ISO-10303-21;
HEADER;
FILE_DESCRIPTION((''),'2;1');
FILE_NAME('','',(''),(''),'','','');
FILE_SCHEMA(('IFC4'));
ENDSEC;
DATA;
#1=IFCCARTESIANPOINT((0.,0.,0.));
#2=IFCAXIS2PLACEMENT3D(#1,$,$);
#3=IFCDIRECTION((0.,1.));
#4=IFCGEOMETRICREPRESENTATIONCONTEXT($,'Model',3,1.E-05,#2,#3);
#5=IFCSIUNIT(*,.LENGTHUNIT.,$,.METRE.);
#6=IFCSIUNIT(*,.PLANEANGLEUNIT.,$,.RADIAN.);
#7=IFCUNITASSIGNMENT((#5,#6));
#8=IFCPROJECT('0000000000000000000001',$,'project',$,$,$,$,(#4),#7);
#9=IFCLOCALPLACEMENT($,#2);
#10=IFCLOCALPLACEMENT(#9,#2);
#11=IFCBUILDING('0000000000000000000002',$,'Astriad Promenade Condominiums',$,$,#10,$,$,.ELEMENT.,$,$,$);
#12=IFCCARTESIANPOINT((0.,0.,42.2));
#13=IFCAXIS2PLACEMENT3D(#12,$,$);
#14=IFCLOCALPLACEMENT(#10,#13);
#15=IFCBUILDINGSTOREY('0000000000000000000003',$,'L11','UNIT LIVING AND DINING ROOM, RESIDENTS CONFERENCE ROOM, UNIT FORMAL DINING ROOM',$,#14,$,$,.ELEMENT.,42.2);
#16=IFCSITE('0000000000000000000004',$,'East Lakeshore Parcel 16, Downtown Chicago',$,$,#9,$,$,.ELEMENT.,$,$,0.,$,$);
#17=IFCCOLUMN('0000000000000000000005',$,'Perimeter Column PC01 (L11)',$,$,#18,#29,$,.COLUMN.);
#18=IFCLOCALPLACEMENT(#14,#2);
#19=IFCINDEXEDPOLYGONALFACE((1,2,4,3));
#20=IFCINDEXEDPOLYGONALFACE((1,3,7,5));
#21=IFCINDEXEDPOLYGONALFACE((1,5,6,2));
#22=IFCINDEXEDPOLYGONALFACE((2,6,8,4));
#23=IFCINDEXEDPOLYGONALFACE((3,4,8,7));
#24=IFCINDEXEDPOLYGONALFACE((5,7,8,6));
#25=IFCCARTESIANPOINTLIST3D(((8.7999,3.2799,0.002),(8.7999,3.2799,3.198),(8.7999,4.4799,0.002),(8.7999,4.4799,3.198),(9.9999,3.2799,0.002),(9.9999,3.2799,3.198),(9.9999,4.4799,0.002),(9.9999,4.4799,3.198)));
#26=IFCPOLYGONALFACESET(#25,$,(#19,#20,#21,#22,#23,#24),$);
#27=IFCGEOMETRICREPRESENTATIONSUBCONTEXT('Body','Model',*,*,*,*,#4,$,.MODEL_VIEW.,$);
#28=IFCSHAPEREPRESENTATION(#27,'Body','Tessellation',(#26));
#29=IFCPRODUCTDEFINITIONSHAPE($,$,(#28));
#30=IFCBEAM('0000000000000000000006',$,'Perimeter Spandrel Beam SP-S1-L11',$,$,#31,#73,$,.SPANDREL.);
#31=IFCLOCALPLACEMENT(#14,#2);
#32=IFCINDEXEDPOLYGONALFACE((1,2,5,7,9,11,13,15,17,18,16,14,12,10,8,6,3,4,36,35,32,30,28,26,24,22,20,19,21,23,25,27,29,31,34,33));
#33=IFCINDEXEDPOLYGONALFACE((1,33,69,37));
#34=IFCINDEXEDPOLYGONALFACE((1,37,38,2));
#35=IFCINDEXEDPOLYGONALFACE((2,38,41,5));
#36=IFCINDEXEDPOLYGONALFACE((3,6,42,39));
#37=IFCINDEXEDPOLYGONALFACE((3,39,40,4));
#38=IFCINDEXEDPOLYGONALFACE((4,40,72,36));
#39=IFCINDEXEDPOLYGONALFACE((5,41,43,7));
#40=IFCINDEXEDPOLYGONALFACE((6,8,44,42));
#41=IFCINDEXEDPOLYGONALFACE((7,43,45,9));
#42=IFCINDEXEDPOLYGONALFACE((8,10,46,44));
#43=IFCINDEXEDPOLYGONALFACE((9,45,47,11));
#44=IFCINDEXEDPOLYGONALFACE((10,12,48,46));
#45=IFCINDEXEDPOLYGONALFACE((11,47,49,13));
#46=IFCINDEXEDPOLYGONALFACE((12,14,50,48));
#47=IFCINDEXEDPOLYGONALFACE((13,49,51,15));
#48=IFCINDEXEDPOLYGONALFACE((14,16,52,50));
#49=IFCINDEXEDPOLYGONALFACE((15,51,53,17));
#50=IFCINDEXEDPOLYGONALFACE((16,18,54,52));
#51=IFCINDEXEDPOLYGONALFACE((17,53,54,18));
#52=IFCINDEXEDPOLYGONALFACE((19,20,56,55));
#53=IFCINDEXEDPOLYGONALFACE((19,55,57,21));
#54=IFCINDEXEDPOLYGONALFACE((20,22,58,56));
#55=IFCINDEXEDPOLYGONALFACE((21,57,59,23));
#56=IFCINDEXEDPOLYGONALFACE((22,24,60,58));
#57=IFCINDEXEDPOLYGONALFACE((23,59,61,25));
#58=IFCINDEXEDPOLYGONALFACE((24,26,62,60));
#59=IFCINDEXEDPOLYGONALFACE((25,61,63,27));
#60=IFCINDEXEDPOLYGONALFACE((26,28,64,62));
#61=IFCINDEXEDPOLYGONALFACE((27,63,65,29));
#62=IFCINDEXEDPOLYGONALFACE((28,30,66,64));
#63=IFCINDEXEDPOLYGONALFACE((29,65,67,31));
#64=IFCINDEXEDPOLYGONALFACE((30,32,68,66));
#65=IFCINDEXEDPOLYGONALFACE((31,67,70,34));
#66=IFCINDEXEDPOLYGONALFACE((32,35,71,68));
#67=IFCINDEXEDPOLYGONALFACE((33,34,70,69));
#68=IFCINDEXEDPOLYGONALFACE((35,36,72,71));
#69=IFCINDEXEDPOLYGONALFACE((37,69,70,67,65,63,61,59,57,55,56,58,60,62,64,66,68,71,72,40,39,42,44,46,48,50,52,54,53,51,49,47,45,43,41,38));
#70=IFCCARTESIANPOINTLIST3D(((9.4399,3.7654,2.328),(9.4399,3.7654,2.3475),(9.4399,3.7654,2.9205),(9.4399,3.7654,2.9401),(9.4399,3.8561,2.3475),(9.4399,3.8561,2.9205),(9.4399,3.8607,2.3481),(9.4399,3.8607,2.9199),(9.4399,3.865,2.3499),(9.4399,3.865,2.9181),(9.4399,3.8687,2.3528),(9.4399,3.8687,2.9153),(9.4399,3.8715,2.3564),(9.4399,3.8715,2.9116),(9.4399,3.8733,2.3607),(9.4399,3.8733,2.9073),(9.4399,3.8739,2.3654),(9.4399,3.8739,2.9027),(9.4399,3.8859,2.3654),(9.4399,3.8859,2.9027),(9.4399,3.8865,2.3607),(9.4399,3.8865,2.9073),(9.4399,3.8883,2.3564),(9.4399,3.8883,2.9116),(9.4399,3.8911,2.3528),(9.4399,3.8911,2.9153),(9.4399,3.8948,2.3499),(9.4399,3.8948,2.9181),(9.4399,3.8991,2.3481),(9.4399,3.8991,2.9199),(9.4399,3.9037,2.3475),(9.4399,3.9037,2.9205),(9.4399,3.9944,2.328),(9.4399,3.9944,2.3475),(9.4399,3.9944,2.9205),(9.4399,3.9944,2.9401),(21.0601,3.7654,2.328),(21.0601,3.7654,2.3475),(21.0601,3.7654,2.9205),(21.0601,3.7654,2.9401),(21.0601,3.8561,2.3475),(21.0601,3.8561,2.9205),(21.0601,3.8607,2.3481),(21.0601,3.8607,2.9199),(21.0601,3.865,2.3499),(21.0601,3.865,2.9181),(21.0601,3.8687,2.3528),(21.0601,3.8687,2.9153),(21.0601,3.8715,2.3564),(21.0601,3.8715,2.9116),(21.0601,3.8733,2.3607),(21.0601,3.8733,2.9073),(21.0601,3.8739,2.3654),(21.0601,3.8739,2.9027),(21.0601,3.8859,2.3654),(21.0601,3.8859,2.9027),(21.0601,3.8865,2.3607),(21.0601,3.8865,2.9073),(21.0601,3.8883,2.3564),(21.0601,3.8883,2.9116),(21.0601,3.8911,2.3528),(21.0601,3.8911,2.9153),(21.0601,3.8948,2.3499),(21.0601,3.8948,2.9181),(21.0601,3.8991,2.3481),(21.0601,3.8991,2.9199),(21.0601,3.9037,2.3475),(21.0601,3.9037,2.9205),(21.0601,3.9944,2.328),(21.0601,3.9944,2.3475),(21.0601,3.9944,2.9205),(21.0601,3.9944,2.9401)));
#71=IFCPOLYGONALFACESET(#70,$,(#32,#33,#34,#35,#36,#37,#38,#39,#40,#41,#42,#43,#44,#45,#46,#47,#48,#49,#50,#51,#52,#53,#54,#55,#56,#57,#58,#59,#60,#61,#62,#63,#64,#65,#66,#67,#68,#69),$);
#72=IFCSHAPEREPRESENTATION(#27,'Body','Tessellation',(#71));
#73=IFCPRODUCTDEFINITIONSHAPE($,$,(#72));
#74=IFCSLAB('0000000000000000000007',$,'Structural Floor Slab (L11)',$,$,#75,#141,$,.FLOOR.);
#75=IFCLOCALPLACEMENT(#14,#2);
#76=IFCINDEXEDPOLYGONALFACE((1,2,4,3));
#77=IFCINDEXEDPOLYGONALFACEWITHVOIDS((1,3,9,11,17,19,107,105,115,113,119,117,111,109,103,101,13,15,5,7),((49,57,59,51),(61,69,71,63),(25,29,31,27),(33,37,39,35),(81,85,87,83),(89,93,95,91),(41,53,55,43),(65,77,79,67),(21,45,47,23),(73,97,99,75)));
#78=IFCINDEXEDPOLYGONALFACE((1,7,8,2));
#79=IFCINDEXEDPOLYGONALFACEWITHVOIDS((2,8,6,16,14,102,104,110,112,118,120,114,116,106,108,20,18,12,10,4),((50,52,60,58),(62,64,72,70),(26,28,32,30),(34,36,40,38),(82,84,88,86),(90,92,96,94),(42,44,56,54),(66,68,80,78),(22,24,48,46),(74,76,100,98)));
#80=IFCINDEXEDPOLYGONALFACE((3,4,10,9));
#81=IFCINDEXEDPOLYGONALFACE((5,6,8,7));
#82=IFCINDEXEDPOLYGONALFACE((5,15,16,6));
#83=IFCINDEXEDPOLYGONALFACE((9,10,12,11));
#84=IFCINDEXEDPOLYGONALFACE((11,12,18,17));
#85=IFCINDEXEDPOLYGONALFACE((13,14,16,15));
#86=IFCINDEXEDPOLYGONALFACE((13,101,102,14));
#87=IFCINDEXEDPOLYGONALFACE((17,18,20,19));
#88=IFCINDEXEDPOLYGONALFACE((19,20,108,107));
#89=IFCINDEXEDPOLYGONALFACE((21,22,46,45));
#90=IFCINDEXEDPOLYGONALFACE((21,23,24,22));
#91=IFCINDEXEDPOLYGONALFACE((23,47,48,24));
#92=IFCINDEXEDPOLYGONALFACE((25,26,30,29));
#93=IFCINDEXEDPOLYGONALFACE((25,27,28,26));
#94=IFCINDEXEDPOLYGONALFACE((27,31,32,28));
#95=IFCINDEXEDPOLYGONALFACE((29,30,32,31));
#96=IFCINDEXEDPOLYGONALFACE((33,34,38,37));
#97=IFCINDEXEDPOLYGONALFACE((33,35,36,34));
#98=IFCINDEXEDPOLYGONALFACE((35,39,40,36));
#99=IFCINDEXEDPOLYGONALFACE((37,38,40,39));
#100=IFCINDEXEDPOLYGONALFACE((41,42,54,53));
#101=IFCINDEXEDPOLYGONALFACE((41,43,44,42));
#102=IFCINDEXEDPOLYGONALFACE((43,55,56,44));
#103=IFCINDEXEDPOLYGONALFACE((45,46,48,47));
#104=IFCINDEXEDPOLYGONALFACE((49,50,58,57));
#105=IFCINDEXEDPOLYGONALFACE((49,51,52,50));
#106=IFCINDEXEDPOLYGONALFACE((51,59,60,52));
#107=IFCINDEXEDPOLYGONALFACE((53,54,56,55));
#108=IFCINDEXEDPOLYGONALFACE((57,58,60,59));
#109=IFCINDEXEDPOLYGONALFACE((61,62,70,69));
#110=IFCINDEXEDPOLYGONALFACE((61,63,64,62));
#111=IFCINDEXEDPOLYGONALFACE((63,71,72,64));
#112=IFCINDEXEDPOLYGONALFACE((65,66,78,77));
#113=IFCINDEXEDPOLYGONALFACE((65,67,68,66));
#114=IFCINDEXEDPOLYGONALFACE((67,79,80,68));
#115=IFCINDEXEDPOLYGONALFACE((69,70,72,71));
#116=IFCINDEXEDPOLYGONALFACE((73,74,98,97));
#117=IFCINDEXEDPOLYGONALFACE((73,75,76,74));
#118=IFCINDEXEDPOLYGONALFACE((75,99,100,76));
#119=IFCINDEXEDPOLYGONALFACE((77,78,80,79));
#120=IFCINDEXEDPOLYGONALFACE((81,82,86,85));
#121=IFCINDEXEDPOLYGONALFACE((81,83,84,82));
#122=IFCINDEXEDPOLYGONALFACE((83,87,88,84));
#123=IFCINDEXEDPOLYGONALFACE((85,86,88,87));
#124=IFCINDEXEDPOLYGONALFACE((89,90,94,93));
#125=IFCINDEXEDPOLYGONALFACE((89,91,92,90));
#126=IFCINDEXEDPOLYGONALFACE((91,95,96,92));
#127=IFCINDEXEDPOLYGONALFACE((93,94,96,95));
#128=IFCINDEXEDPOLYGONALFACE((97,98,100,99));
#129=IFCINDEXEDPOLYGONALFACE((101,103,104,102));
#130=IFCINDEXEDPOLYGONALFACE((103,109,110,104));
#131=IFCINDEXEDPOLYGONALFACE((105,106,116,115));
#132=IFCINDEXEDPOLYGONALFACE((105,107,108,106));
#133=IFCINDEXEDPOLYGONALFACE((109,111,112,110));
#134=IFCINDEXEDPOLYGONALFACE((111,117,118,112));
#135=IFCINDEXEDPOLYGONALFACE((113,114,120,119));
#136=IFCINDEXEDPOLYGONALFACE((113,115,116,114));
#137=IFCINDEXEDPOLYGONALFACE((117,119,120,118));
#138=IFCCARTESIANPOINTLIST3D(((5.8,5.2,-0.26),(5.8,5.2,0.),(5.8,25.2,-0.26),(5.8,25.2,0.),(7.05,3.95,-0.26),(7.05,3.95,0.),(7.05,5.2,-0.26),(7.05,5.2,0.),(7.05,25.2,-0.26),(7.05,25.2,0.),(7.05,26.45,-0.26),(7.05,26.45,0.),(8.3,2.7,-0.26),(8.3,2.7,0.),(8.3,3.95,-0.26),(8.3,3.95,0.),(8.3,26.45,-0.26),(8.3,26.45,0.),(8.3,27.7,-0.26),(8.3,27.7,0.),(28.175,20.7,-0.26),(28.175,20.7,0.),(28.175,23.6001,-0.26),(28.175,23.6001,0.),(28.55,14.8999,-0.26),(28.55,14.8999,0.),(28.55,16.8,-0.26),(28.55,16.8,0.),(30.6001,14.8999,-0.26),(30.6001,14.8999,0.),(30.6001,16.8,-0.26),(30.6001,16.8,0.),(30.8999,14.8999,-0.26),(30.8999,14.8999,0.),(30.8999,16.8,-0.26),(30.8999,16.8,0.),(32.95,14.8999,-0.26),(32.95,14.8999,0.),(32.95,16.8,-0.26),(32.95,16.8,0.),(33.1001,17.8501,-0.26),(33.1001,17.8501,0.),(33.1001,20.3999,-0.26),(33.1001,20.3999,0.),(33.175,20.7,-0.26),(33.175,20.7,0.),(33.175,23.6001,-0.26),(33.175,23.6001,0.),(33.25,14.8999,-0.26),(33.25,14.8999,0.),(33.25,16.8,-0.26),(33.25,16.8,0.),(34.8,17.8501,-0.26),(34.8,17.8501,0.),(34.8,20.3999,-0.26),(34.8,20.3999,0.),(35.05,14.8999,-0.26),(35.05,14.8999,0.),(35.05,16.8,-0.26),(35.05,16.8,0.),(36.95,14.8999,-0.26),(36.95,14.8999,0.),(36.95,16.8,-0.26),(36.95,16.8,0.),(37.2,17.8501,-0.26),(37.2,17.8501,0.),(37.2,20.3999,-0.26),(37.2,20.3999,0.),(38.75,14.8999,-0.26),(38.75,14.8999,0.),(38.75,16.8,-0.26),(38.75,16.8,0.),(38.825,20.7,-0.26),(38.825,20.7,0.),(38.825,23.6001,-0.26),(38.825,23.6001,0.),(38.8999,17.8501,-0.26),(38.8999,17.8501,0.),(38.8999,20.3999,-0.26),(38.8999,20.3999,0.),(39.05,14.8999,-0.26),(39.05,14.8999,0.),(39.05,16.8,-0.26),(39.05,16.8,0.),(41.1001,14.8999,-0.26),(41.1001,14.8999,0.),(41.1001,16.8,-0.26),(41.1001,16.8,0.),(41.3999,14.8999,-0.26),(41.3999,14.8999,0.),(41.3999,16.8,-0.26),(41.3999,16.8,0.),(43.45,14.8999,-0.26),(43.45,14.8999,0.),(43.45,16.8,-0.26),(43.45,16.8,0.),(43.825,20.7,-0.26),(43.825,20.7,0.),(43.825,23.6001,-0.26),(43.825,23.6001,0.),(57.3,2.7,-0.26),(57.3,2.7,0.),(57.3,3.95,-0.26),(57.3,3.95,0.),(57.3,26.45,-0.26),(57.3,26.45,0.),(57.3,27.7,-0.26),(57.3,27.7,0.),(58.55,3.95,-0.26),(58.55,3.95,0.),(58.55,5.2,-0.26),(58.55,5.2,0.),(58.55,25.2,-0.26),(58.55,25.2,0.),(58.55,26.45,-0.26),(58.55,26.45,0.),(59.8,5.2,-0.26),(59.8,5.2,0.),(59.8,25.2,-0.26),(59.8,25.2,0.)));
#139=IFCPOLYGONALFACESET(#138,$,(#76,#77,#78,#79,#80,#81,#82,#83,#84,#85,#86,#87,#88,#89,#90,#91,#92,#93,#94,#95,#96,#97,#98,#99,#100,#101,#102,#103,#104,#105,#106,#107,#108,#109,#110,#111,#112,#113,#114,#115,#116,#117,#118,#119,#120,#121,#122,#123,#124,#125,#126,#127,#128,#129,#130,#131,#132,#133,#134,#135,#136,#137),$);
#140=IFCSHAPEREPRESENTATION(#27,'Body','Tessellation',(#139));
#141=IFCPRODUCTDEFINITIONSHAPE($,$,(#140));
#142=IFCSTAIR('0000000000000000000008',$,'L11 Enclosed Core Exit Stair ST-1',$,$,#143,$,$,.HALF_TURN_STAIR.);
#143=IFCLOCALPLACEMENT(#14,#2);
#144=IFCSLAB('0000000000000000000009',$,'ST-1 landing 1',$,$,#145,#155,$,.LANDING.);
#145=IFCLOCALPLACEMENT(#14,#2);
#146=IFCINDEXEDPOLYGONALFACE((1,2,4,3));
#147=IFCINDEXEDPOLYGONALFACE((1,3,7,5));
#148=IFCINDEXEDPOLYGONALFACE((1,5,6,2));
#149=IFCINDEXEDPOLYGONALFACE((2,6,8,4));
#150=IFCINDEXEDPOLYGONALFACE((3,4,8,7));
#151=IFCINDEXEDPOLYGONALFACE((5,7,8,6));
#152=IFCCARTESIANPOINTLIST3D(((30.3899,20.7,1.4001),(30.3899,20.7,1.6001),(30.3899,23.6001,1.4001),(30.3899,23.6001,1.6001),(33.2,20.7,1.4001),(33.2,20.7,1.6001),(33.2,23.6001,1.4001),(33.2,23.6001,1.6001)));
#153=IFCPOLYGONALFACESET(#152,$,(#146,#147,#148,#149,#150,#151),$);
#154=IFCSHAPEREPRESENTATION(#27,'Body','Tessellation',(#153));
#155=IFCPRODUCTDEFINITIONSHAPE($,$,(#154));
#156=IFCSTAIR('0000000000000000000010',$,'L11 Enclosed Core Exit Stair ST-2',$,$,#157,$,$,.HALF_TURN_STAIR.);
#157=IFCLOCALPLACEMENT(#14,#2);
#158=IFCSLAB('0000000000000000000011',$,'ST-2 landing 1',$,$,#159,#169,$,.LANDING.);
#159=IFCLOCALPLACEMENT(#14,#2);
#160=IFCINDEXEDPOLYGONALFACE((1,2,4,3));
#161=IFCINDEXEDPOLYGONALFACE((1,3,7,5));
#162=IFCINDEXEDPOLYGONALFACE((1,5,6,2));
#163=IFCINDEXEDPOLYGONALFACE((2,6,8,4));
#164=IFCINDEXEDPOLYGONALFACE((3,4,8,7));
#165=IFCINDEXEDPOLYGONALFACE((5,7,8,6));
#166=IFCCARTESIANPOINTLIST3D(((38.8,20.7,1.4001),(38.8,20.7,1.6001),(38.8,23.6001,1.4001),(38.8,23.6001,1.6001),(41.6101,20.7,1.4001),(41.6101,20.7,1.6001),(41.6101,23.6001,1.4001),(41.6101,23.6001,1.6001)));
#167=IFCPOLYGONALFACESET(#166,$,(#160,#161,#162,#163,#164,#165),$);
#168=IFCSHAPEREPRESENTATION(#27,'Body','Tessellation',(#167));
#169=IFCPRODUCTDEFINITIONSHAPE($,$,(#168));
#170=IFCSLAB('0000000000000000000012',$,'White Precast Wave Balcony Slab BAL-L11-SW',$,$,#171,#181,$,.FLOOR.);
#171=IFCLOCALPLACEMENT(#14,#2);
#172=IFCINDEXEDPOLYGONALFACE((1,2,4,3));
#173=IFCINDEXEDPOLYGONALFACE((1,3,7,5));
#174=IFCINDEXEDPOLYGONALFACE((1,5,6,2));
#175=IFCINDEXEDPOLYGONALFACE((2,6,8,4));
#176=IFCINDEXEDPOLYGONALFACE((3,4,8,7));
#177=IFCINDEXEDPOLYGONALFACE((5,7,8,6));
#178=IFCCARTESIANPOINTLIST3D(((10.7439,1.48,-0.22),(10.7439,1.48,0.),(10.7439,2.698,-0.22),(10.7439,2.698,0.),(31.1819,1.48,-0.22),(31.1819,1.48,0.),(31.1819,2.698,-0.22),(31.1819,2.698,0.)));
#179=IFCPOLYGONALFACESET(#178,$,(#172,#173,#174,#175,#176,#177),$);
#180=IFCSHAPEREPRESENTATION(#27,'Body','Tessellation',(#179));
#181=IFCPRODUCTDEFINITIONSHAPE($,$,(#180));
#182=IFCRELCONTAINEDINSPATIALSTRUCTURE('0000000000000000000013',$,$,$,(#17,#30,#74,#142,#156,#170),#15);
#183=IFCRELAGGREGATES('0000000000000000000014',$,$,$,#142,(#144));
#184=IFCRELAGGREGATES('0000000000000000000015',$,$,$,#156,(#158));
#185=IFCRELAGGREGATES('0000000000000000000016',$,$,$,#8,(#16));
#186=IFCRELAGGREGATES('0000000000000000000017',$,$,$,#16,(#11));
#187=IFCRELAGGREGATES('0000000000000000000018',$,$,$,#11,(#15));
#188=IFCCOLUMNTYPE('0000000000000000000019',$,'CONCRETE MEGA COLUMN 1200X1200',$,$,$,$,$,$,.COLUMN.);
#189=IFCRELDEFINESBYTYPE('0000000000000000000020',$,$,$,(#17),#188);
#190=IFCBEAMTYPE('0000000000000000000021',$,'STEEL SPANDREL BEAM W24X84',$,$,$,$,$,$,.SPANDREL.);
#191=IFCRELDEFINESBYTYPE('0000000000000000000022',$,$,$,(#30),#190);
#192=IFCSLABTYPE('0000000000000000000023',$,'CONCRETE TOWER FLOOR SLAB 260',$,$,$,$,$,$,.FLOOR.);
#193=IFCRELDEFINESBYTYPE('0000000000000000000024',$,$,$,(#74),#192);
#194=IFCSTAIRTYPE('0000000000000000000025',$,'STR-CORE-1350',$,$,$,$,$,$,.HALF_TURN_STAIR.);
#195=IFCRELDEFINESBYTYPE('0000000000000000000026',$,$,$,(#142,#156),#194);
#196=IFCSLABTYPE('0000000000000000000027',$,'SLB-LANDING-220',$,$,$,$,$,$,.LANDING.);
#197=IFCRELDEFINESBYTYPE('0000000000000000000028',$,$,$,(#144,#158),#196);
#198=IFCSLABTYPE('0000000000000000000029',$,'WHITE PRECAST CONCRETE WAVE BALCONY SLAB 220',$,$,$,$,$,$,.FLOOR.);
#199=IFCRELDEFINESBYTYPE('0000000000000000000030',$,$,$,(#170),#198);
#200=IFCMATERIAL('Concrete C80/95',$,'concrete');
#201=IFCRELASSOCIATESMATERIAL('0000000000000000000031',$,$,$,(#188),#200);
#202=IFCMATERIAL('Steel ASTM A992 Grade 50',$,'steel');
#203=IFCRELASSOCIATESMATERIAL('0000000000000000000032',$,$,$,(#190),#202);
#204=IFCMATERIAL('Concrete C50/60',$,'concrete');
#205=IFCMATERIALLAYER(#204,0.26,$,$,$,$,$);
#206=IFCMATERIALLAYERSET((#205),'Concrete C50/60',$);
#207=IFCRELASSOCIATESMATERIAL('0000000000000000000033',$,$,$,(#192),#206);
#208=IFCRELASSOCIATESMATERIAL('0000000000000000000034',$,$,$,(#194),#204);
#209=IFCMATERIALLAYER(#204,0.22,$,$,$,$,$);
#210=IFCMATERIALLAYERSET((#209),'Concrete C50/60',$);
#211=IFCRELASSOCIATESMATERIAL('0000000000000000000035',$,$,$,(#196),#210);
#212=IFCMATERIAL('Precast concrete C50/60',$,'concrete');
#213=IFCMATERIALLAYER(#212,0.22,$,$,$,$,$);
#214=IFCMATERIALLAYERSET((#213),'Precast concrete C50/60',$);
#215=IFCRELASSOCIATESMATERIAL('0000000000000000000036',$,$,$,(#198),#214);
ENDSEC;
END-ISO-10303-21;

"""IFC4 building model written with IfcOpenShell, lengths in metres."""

from ifc_helpers import new_model, si_unit, direction, frame, origin, origin_2d, place, context, subcontext, project, spatial, polyline, rectangle, i_section, outline, extrude, source, transform, mapped, material, layer, layer_set, material_profile, profile_set, type_object, type_shapes, element, aggregate, save


model = new_model("IFC4")

# Units and contexts
model_context = context("Model", 3, precision=1e-05, world=origin(), true_north=direction((0.0, 1.0)))
body_context = subcontext(model_context, "Body", "Model", "MODEL_VIEW")
ifc_project = project(units=[si_unit("LENGTHUNIT", "METRE"), si_unit("PLANEANGLEUNIT", "RADIAN")], contexts=[model_context])

# Site, building, storey
site_placement = place(None, origin())
site = spatial("IfcSite", under=ifc_project, at=site_placement, Name="East Lakeshore Parcel 16, Downtown Chicago", CompositionType="ELEMENT", RefElevation=0.0)
building_placement = place(site_placement, origin())
building = spatial("IfcBuilding", under=site, at=building_placement, Name="Astriad Promenade Condominiums", CompositionType="ELEMENT")
storey_placement = place(building_placement, frame((0.0, 0.0, 42.2)))
storey = spatial("IfcBuildingStorey", under=building, at=storey_placement, Name="L11", Description="UNIT LIVING AND DINING ROOM, RESIDENTS CONFERENCE ROOM, UNIT FORMAL DINING ROOM", CompositionType="ELEMENT", Elevation=42.2)

# Column
ifc_material_1 = material(Name="Concrete C80/95", Category="concrete")
ifc_material_profile_1 = material_profile(ifc_material_1, rectangle(XDim=1.2, YDim=1.2, at=origin_2d()), Name="RC-COL-1200X1200")
ifc_profile_set_1 = profile_set([ifc_material_profile_1], Name="Concrete C80/95")
column_type = type_object("IfcColumnType", Name="CONCRETE MEGA COLUMN 1200X1200", PredefinedType="COLUMN", material=ifc_profile_set_1)
shared_shape_1 = source(origin(), body_context, "Body", "SweptSolid", [
    extrude(rectangle(XDim=1.2, YDim=1.2, at=origin_2d()), origin(), (0.0, 0.0, 1.0), 3.196),
])
type_shapes(column_type, [shared_shape_1])
column_placement = place(storey_placement, frame((9.3999, 3.8799, 0.002), z_axis=(0.0, 0.0, 1.0), x_axis=(1.0, 0.0, 0.0)))
element("IfcColumn", 1, at=column_placement, inside=storey, type_object=column_type, Name="Perimeter Column PC01 (L11)", PredefinedType="COLUMN", context=body_context, shape_type="MappedRepresentation", body=[
    mapped(shared_shape_1, transform((0.0, 0.0, 0.0), scale=1.0)),
])

# Beam
ifc_material_2 = material(Name="Steel ASTM A992 Grade 50", Category="steel")
ifc_material_profile_2 = material_profile(ifc_material_2, i_section(OverallWidth=0.229, OverallDepth=0.6121, WebThickness=0.012, FlangeThickness=0.0195, FilletRadius=0.0178, at=origin_2d()), Name="W24X84")
ifc_profile_set_2 = profile_set([ifc_material_profile_2], Name="Steel ASTM A992 Grade 50")
beam_type = type_object("IfcBeamType", Name="STEEL SPANDREL BEAM W24X84", PredefinedType="SPANDREL", material=ifc_profile_set_2)
shared_shape_2 = source(origin(), body_context, "Body", "SweptSolid", [
    extrude(i_section(OverallWidth=0.229, OverallDepth=0.6121, WebThickness=0.012, FlangeThickness=0.0195, FilletRadius=0.0178, at=origin_2d()), origin(), (0.0, 0.0, 1.0), 11.6201),
])
type_shapes(beam_type, [shared_shape_2])
beam_placement = place(storey_placement, frame((9.4399, 3.8799, 2.634), z_axis=(1.0, 0.0, 0.0), x_axis=(0.0, 1.0, 0.0)))
element("IfcBeam", 2, at=beam_placement, inside=storey, type_object=beam_type, Name="Perimeter Spandrel Beam SP-S1-L11", PredefinedType="SPANDREL", context=body_context, shape_type="MappedRepresentation", body=[
    mapped(shared_shape_2, transform((0.0, 0.0, 0.0), scale=1.0)),
])

# Slab
ifc_material_3 = material(Name="Concrete C50/60", Category="concrete")
ifc_layer_1 = layer(ifc_material_3, 0.26)
ifc_layer_set_1 = layer_set([ifc_layer_1], Name="Concrete C50/60")
slab_type_1 = type_object("IfcSlabType", Name="CONCRETE TOWER FLOOR SLAB 260", PredefinedType="FLOOR", material=ifc_layer_set_1)
slab_1_placement = place(storey_placement, frame((0.0, 0.0, -0.26)))
element("IfcSlab", 3, at=slab_1_placement, inside=storey, type_object=slab_type_1, Name="Structural Floor Slab (L11)", PredefinedType="FLOOR", context=body_context, shape_type="SweptSolid", body=[
    extrude(outline(polyline([(8.3, 2.7), (57.3, 2.7), (57.3, 3.95), (58.55, 3.95), (58.55, 5.2), (59.8, 5.2), (59.8, 25.2), (58.55, 25.2), (58.55, 26.45), (57.3, 26.45), (57.3, 27.7), (8.3, 27.7), (8.3, 26.45), (7.05, 26.45), (7.05, 25.2), (5.8, 25.2), (5.8, 5.2), (7.05, 5.2), (7.05, 3.95), (8.3, 3.95), (8.3, 2.7)]), holes=[polyline([(28.175, 20.7), (33.175, 20.7), (33.175, 23.6001), (28.175, 23.6001), (28.175, 20.7)]), polyline([(38.825, 20.7), (43.825, 20.7), (43.825, 23.6001), (38.825, 23.6001), (38.825, 20.7)]), polyline([(33.1001, 17.8501), (34.8, 17.8501), (34.8, 20.3999), (33.1001, 20.3999), (33.1001, 17.8501)]), polyline([(37.2, 17.8501), (38.8999, 17.8501), (38.8999, 20.3999), (37.2, 20.3999), (37.2, 17.8501)]), polyline([(28.55, 14.8999), (30.6001, 14.8999), (30.6001, 16.8), (28.55, 16.8), (28.55, 14.8999)]), polyline([(30.8999, 14.8999), (32.95, 14.8999), (32.95, 16.8), (30.8999, 16.8), (30.8999, 14.8999)]), polyline([(33.25, 14.8999), (35.05, 14.8999), (35.05, 16.8), (33.25, 16.8), (33.25, 14.8999)]), polyline([(36.95, 14.8999), (38.75, 14.8999), (38.75, 16.8), (36.95, 16.8), (36.95, 14.8999)]), polyline([(39.05, 14.8999), (41.1001, 14.8999), (41.1001, 16.8), (39.05, 16.8), (39.05, 14.8999)]), polyline([(41.3999, 14.8999), (43.45, 14.8999), (43.45, 16.8), (41.3999, 16.8), (41.3999, 14.8999)])]), origin(), (0.0, 0.0, 1.0), 0.26),
])

# Stairs, slabs
stair_type = type_object("IfcStairType", Name="STR-CORE-1350", PredefinedType="HALF_TURN_STAIR", material=ifc_material_3)
stair_1_placement = place(storey_placement, origin())
stair_1 = element("IfcStair", 4, at=stair_1_placement, inside=storey, type_object=stair_type, Name="L11 Enclosed Core Exit Stair ST-1", PredefinedType="HALF_TURN_STAIR")
ifc_layer_2 = layer(ifc_material_3, 0.22)
ifc_layer_set_2 = layer_set([ifc_layer_2], Name="Concrete C50/60")
slab_type_2 = type_object("IfcSlabType", Name="SLB-LANDING-220", PredefinedType="LANDING", material=ifc_layer_set_2)
slab_2_placement = place(storey_placement, frame((0.0, 0.0, 1.4001)))
slab_2 = element("IfcSlab", 5, at=slab_2_placement, type_object=slab_type_2, Name="ST-1 landing 1", PredefinedType="LANDING", context=body_context, shape_type="SweptSolid", body=[
    extrude(outline(polyline([(30.3899, 20.7), (33.2, 20.7), (33.2, 23.6001), (30.3899, 23.6001), (30.3899, 20.7)])), origin(), (0.0, 0.0, 1.0), 0.2),
])
aggregate(stair_1, [slab_2])
stair_2_placement = place(storey_placement, origin())
stair_2 = element("IfcStair", 6, at=stair_2_placement, inside=storey, type_object=stair_type, Name="L11 Enclosed Core Exit Stair ST-2", PredefinedType="HALF_TURN_STAIR")
slab_3_placement = place(storey_placement, frame((0.0, 0.0, 1.4001)))
slab_3 = element("IfcSlab", 7, at=slab_3_placement, type_object=slab_type_2, Name="ST-2 landing 1", PredefinedType="LANDING", context=body_context, shape_type="SweptSolid", body=[
    extrude(outline(polyline([(41.6101, 23.6001), (38.8, 23.6001), (38.8, 20.7), (41.6101, 20.7), (41.6101, 23.6001)])), origin(), (0.0, 0.0, 1.0), 0.2),
])
aggregate(stair_2, [slab_3])

# Slab
ifc_material_4 = material(Name="Precast concrete C50/60", Category="concrete")
ifc_layer_3 = layer(ifc_material_4, 0.22)
ifc_layer_set_3 = layer_set([ifc_layer_3], Name="Precast concrete C50/60")
slab_type_3 = type_object("IfcSlabType", Name="WHITE PRECAST CONCRETE WAVE BALCONY SLAB 220", PredefinedType="FLOOR", material=ifc_layer_set_3)
slab_4_placement = place(storey_placement, frame((0.0, 0.0, -0.22)))
element("IfcSlab", 8, at=slab_4_placement, inside=storey, type_object=slab_type_3, Name="White Precast Wave Balcony Slab BAL-L11-SW", PredefinedType="FLOOR", context=body_context, shape_type="SweptSolid", body=[
    extrude(outline(polyline([(31.1819, 1.48), (10.7439, 1.48), (10.7439, 2.698), (31.1819, 2.698), (31.1819, 1.48)])), origin(), (0.0, 0.0, 1.0), 0.22),
])

save(model, "model.ifc")
